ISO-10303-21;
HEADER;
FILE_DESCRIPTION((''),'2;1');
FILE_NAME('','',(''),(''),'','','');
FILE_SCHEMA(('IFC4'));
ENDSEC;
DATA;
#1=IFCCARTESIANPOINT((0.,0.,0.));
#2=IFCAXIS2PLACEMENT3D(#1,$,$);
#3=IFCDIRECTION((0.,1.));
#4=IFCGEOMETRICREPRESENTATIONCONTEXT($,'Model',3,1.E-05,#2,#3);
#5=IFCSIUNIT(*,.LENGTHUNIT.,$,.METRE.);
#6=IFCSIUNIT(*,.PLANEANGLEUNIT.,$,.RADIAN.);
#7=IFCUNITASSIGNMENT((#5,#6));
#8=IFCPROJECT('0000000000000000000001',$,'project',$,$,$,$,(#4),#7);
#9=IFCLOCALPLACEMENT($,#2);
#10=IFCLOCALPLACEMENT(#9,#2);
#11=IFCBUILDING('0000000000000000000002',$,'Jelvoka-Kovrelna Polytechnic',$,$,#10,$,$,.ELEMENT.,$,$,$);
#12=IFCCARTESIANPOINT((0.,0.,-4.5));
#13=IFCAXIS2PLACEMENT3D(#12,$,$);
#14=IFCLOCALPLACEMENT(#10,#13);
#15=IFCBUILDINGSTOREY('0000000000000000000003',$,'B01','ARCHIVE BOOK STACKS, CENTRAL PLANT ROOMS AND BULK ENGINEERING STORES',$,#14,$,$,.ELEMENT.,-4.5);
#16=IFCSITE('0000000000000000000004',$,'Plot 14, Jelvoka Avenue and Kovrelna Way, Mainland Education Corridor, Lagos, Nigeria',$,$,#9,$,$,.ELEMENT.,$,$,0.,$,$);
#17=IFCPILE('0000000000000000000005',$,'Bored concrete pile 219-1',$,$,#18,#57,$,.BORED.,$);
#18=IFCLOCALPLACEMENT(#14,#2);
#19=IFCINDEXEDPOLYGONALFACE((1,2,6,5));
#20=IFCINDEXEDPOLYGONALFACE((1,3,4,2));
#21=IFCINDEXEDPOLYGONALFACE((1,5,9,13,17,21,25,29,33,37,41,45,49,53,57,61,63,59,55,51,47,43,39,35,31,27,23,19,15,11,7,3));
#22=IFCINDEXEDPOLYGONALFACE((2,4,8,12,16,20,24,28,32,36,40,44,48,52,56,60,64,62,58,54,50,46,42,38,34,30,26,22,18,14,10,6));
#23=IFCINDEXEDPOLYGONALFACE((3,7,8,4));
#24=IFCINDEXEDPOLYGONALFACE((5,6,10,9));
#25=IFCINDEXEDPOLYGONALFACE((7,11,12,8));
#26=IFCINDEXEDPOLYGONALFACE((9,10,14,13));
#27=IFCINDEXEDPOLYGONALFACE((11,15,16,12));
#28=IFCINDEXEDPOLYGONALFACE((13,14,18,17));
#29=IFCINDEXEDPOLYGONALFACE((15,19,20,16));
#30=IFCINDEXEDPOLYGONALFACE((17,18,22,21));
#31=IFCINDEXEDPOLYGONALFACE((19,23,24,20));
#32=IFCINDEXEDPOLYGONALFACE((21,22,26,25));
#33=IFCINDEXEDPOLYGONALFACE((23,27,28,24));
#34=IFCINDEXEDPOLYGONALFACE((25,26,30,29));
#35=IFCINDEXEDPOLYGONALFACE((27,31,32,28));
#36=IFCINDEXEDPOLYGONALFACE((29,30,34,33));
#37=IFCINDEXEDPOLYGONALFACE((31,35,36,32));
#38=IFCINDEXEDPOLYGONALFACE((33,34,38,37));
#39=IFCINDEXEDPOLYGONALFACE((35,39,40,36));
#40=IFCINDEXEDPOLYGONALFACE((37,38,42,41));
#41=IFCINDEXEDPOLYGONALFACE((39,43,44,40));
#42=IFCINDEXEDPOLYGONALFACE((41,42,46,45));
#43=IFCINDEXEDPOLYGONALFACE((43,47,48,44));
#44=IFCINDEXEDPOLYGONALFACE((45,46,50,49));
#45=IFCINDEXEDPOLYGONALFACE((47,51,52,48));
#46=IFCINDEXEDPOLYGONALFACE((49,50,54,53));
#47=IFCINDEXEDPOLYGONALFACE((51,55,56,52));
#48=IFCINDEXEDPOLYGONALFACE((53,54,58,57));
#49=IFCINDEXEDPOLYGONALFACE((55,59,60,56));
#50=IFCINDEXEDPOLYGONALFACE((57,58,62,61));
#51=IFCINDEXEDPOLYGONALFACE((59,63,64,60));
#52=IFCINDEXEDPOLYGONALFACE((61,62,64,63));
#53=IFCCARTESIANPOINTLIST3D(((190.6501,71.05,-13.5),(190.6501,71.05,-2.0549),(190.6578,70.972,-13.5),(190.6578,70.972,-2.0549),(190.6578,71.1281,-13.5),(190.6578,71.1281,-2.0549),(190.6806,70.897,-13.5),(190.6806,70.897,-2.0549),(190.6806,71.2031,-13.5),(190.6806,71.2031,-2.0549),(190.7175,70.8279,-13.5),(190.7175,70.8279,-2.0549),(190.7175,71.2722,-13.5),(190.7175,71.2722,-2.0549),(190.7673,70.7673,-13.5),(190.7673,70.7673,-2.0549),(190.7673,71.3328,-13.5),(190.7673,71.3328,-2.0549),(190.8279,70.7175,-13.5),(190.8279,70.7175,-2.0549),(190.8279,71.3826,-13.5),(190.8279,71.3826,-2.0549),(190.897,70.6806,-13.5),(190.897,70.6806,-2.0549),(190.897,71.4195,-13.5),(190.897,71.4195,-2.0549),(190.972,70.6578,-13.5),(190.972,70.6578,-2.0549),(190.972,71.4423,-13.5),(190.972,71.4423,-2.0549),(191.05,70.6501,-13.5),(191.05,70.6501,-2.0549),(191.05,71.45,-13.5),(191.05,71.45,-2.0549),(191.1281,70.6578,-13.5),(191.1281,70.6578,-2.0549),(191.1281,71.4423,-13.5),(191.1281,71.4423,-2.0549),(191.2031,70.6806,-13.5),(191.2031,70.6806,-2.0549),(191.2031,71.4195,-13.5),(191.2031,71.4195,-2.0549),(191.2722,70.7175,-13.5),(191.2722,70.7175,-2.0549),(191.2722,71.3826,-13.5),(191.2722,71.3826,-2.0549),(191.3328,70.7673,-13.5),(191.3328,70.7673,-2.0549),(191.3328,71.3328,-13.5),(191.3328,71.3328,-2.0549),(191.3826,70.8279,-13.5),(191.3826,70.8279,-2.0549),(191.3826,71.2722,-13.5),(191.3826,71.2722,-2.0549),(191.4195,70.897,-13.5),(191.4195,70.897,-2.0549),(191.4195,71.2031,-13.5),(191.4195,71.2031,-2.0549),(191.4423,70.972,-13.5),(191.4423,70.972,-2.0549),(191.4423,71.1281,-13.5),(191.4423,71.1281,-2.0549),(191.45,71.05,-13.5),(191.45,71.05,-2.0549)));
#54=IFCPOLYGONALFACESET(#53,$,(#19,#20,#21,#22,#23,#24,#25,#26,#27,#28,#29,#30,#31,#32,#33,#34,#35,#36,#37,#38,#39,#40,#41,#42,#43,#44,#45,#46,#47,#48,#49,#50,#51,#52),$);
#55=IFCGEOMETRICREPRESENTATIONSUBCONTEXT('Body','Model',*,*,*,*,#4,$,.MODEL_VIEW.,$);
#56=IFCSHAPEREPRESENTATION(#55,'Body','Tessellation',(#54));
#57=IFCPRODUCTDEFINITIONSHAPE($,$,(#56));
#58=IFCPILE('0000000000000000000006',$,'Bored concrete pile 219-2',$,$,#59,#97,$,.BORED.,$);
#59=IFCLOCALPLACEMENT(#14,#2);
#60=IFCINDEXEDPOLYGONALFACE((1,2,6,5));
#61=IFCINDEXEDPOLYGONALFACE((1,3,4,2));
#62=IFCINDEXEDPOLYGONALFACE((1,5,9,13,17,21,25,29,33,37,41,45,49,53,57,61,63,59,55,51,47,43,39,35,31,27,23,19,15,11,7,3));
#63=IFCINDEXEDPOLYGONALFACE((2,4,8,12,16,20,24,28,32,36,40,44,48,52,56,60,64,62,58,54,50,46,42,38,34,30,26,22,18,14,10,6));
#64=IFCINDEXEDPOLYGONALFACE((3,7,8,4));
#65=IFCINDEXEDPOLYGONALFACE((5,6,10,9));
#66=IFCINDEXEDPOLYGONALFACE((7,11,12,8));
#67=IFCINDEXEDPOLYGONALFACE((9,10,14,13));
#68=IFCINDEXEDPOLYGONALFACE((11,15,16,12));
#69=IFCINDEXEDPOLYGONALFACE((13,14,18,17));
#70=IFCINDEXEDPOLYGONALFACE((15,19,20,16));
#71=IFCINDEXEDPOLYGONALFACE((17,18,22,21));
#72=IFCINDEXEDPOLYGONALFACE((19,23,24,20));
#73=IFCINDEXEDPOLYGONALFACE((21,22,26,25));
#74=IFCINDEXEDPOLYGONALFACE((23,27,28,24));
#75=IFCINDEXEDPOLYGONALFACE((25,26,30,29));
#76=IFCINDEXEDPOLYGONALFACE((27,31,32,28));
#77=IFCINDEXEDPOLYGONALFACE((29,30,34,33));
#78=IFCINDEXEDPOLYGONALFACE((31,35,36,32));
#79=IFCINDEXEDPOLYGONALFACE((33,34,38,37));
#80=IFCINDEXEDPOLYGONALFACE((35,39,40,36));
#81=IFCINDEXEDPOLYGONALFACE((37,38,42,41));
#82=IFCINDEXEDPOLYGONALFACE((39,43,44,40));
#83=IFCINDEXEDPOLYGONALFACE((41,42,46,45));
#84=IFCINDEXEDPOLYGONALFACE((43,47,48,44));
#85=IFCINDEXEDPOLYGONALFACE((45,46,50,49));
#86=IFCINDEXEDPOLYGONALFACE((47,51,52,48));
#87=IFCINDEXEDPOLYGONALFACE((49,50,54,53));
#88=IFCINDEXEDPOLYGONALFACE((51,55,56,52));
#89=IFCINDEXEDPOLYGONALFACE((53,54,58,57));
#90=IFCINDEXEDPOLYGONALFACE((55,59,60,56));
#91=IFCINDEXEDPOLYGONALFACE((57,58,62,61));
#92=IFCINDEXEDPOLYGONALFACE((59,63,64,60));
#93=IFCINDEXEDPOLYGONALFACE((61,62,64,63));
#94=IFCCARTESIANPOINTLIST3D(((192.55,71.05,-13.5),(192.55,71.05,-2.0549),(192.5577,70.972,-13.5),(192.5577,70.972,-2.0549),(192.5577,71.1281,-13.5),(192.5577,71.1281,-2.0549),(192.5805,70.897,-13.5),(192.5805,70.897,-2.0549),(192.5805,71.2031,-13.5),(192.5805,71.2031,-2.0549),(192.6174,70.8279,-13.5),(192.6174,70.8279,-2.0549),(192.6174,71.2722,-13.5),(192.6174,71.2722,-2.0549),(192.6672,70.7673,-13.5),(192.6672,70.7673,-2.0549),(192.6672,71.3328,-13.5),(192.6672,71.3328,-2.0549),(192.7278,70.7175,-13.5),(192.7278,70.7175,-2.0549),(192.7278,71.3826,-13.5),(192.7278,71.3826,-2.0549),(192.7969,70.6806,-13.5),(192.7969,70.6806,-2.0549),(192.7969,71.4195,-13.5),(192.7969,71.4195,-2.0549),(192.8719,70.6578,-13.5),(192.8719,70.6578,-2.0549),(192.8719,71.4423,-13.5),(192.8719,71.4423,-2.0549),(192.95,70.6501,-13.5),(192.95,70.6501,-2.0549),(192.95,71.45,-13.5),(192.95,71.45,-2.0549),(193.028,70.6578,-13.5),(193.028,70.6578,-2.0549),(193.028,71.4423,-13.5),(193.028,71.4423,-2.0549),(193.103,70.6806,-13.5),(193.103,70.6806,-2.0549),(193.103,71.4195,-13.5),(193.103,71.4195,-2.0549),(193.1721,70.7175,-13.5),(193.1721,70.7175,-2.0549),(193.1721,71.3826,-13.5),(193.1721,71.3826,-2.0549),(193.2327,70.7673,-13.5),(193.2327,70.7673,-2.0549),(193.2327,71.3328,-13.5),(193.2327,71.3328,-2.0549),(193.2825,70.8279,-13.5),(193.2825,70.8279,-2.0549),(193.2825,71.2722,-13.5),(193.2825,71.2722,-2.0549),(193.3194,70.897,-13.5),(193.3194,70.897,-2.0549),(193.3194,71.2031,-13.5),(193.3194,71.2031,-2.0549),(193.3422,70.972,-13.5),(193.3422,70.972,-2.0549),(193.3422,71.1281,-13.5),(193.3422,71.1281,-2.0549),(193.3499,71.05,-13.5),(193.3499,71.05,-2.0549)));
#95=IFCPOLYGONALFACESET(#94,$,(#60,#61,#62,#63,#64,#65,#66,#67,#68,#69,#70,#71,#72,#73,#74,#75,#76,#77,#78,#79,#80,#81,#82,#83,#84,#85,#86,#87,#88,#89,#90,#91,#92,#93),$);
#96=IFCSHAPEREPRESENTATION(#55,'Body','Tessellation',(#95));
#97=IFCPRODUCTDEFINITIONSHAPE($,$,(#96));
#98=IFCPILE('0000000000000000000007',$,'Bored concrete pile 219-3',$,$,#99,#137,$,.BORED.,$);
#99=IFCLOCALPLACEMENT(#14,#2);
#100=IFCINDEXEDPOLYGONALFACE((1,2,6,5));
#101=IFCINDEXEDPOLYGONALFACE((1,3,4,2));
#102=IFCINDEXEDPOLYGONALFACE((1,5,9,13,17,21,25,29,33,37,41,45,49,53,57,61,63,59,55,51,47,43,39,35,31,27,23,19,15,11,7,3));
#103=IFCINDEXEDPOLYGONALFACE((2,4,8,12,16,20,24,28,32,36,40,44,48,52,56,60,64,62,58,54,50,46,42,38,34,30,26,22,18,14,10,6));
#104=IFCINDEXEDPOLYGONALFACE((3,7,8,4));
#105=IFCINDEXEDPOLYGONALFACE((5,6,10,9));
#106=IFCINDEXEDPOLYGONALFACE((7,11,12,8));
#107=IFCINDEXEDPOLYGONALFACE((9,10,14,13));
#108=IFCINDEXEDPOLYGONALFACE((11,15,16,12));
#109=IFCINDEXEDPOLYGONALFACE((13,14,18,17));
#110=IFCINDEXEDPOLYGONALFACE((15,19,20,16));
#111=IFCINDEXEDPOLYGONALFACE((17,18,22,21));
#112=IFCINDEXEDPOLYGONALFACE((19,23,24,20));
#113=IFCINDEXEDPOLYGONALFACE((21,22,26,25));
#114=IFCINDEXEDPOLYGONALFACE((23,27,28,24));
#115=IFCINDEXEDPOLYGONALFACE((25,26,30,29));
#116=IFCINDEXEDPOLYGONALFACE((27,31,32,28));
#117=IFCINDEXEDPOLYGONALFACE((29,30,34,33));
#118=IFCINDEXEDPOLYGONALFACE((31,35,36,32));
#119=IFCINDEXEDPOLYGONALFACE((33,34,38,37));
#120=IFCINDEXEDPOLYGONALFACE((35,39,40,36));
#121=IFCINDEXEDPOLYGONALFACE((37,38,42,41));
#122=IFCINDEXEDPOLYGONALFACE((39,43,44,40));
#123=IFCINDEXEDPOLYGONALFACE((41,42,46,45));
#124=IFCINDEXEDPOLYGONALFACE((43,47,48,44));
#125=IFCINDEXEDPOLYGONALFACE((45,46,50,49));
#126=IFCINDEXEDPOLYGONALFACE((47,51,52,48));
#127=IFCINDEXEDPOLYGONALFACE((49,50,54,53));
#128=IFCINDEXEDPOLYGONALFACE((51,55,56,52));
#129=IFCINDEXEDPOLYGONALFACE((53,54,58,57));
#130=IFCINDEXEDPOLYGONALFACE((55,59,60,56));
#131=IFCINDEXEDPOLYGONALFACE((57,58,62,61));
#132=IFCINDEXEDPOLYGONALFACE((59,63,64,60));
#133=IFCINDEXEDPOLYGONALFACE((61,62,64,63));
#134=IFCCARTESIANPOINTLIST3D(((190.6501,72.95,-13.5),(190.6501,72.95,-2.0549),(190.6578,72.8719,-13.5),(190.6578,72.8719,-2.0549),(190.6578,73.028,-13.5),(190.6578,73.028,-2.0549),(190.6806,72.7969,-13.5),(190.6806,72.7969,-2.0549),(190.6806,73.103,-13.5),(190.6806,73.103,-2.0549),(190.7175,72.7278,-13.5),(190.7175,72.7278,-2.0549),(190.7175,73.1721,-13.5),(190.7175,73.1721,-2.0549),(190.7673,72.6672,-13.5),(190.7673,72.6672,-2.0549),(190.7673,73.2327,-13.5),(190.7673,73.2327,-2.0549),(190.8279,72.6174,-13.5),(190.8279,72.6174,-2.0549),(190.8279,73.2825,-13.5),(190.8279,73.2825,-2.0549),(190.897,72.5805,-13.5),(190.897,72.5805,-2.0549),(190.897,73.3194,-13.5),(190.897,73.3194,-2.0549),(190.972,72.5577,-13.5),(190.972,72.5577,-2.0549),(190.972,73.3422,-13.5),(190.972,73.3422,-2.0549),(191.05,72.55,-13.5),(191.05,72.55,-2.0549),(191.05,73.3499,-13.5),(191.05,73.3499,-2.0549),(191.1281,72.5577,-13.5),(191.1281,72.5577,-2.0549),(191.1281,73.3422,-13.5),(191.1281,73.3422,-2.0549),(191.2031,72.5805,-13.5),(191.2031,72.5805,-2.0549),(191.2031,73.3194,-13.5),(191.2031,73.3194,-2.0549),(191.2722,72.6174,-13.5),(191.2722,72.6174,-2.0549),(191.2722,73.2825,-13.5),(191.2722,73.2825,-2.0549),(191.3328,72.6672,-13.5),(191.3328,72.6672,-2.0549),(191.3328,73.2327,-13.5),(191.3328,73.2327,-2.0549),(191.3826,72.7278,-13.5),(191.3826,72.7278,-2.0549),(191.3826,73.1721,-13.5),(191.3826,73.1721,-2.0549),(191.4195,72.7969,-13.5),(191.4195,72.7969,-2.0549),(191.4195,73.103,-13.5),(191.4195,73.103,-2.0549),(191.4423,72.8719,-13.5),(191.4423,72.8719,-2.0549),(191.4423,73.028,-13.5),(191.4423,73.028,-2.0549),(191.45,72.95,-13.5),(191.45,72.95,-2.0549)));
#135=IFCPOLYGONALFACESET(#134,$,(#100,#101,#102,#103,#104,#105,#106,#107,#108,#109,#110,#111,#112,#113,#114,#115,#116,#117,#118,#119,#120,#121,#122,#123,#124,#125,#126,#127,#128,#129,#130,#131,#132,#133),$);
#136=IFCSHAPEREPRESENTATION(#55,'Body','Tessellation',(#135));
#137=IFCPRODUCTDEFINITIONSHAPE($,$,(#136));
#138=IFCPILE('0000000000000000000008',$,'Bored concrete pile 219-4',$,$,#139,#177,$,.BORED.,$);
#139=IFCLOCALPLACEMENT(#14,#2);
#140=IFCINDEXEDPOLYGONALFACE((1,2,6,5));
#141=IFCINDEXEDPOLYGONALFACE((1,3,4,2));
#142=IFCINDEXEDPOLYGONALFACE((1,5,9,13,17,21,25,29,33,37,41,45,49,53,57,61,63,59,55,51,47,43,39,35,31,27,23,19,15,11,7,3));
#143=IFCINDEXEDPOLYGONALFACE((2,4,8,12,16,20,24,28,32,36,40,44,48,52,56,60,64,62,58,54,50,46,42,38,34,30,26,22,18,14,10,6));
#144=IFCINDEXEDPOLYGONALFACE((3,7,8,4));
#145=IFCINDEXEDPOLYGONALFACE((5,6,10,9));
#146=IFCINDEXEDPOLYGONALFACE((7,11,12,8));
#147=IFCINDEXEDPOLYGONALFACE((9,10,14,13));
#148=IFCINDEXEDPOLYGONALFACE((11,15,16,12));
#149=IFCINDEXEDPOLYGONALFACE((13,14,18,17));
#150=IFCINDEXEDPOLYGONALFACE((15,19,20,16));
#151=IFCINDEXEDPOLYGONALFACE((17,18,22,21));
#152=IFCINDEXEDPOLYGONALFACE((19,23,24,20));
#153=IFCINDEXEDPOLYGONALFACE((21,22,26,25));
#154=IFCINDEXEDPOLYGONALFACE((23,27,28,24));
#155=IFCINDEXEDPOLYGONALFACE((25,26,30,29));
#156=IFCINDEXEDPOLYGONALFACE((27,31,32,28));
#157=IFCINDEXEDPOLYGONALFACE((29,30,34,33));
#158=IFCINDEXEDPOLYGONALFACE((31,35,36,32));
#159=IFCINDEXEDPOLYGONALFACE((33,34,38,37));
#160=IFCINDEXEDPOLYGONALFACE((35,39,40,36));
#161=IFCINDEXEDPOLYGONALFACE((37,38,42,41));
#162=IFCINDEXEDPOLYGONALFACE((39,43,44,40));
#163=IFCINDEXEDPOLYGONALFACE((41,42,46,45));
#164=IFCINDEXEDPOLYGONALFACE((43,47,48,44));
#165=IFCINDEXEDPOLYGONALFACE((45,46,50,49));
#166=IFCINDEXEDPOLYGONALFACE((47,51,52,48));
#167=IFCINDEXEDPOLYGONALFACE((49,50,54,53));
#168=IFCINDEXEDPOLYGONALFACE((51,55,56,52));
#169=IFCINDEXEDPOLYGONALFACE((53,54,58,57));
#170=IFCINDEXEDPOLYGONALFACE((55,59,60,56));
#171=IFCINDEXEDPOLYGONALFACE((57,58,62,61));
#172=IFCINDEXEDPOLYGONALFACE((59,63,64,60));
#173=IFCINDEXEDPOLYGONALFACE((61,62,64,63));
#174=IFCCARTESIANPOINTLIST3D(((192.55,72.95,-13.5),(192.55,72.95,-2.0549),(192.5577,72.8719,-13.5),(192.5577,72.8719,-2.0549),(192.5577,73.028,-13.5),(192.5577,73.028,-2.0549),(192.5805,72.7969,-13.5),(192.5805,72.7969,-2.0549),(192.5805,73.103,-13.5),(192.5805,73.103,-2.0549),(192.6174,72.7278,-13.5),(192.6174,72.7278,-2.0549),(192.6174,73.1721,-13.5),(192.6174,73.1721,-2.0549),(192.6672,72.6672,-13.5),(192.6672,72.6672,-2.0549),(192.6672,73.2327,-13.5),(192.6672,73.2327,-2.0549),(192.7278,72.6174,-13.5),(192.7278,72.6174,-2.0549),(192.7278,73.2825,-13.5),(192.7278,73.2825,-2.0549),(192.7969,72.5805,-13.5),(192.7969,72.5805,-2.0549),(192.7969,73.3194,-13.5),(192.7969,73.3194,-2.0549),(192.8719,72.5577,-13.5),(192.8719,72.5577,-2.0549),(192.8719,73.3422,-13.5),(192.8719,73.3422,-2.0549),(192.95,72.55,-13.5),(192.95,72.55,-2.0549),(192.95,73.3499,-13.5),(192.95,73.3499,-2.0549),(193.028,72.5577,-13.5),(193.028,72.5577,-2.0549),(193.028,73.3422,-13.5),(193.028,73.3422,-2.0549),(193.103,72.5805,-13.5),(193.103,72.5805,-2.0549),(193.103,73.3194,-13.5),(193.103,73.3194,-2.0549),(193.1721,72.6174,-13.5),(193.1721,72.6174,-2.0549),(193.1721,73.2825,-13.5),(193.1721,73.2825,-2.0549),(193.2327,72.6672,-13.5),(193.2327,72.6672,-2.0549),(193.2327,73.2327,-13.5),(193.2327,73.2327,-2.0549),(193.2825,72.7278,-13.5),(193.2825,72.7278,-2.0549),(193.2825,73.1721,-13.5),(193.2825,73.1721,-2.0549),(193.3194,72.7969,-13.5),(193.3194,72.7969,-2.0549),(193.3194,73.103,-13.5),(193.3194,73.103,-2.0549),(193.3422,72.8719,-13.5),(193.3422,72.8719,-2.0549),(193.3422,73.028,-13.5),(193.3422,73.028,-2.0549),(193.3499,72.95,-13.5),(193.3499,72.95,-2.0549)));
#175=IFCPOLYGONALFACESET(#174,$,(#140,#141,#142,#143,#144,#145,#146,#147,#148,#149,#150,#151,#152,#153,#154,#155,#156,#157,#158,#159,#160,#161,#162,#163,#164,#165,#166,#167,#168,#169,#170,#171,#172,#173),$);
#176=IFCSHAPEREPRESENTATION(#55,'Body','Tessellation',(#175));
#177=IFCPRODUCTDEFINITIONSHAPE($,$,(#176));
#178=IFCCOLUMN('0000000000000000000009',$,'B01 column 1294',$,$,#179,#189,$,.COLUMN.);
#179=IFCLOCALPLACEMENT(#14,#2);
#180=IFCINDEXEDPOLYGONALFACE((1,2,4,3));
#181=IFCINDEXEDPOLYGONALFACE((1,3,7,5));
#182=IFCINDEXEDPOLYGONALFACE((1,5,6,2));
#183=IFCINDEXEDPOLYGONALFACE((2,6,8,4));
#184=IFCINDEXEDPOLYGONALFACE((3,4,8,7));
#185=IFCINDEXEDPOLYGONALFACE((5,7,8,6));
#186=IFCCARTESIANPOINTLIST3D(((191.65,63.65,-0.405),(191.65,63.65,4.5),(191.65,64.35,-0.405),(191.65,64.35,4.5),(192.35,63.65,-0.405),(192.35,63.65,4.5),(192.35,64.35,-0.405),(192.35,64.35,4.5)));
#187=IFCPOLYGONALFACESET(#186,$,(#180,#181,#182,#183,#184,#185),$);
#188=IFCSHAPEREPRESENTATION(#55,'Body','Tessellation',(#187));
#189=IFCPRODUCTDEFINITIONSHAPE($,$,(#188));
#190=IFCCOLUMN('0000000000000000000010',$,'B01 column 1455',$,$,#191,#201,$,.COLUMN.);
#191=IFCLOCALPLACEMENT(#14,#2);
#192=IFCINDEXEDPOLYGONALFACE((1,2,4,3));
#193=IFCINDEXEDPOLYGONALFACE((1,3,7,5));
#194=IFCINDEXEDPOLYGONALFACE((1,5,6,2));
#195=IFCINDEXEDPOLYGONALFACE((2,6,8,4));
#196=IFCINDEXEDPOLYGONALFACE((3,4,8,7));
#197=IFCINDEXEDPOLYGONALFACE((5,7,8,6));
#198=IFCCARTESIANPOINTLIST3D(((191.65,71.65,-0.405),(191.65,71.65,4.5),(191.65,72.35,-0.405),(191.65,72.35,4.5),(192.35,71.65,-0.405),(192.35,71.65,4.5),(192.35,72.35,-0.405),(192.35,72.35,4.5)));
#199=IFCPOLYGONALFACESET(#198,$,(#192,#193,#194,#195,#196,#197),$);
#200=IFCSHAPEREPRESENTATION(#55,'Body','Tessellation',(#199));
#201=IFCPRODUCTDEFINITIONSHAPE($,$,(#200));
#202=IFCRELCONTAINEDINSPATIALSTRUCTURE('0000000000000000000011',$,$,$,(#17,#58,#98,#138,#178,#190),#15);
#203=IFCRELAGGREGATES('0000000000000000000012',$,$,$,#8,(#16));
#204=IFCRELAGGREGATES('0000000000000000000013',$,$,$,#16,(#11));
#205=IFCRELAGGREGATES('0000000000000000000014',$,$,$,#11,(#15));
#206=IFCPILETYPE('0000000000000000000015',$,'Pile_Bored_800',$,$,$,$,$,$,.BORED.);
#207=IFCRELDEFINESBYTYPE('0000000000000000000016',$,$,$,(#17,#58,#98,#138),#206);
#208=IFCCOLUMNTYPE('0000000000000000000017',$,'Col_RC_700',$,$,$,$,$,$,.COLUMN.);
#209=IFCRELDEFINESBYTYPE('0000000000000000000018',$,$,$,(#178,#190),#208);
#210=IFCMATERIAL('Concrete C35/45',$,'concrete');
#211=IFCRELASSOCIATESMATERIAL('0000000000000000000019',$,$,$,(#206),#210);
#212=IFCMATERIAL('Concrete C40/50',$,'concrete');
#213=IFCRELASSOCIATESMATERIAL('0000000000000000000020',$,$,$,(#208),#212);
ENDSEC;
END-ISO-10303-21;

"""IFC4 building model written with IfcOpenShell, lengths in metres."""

from ifc_helpers import new_model, si_unit, direction, frame, origin, origin_2d, place, context, subcontext, project, spatial, rectangle, circle, extrude, material, material_profile, profile_set, type_object, element, save


model = new_model("IFC4")

# Units and contexts
model_context = context("Model", 3, precision=1e-05, world=origin(), true_north=direction((0.0, 1.0)))
body_context = subcontext(model_context, "Body", "Model", "MODEL_VIEW")
ifc_project = project(units=[si_unit("LENGTHUNIT", "METRE"), si_unit("PLANEANGLEUNIT", "RADIAN")], contexts=[model_context])

# Site, building, storey
site_placement = place(None, origin())
site = spatial("IfcSite", under=ifc_project, at=site_placement, Name="Plot 14, Jelvoka Avenue and Kovrelna Way, Mainland Education Corridor, Lagos, Nigeria", CompositionType="ELEMENT", RefElevation=0.0)
building_placement = place(site_placement, origin())
building = spatial("IfcBuilding", under=site, at=building_placement, Name="Jelvoka-Kovrelna Polytechnic", CompositionType="ELEMENT")
storey_placement = place(building_placement, frame((0.0, 0.0, -4.5)))
storey = spatial("IfcBuildingStorey", under=building, at=storey_placement, Name="B01", Description="ARCHIVE BOOK STACKS, CENTRAL PLANT ROOMS AND BULK ENGINEERING STORES", CompositionType="ELEMENT", Elevation=-4.5)

# Piles
ifc_material_1 = material(Name="Concrete C35/45", Category="concrete")
ifc_material_profile_1 = material_profile(ifc_material_1, circle(Radius=0.3999, at=origin_2d()), Name="PILE D800")
ifc_profile_set_1 = profile_set([ifc_material_profile_1], Name="Concrete C35/45")
pile_type_1 = type_object("IfcPileType", Name="Pile_Bored_800", PredefinedType="BORED", material=ifc_profile_set_1)
for number, where, z_axis, x_axis, name in (
    (1, (191.05, 71.05, -2.0549), (0.0, 0.0, -1.0), (1.0, 0.0, 0.0), "Bored concrete pile 219-1"),
    (2, (192.95, 71.05, -2.0549), (0.0, 0.0, -1.0), (1.0, 0.0, 0.0), "Bored concrete pile 219-2"),
    (3, (191.05, 72.95, -2.0549), (0.0, 0.0, -1.0), (1.0, 0.0, 0.0), "Bored concrete pile 219-3"),
    (4, (192.95, 72.95, -2.0549), (0.0, 0.0, -1.0), (1.0, 0.0, 0.0), "Bored concrete pile 219-4"),
):
    element("IfcPile", number, at=place(storey_placement, frame(where, z_axis=z_axis, x_axis=x_axis)), inside=storey, type_object=pile_type_1, Name=name, PredefinedType="BORED", context=body_context, shape_type="SweptSolid", body=[
        extrude(circle(Radius=0.3999, at=origin_2d()), origin(), (0.0, 0.0, 1.0), 11.4451),
    ])

# Columns
ifc_material_2 = material(Name="Concrete C40/50", Category="concrete")
ifc_material_profile_2 = material_profile(ifc_material_2, rectangle(XDim=0.7, YDim=0.7, at=origin_2d()), Name="RC 700x700")
ifc_profile_set_2 = profile_set([ifc_material_profile_2], Name="Concrete C40/50")
column_type = type_object("IfcColumnType", Name="Col_RC_700", PredefinedType="COLUMN", material=ifc_profile_set_2)
for number, where, z_axis, x_axis, name in (
    (5, (192.0, 64.0, -0.405), (0.0, 0.0, 1.0), (1.0, 0.0, 0.0), "B01 column 1294"),
    (6, (192.0, 72.0, -0.405), (0.0, 0.0, 1.0), (1.0, 0.0, 0.0), "B01 column 1455"),
):
    element("IfcColumn", number, at=place(storey_placement, frame(where, z_axis=z_axis, x_axis=x_axis)), inside=storey, type_object=column_type, Name=name, PredefinedType="COLUMN", context=body_context, shape_type="SweptSolid", body=[
        extrude(rectangle(XDim=0.7, YDim=0.7, at=origin_2d()), origin(), (0.0, 0.0, 1.0), 4.905),
    ])

save(model, "model.ifc")
